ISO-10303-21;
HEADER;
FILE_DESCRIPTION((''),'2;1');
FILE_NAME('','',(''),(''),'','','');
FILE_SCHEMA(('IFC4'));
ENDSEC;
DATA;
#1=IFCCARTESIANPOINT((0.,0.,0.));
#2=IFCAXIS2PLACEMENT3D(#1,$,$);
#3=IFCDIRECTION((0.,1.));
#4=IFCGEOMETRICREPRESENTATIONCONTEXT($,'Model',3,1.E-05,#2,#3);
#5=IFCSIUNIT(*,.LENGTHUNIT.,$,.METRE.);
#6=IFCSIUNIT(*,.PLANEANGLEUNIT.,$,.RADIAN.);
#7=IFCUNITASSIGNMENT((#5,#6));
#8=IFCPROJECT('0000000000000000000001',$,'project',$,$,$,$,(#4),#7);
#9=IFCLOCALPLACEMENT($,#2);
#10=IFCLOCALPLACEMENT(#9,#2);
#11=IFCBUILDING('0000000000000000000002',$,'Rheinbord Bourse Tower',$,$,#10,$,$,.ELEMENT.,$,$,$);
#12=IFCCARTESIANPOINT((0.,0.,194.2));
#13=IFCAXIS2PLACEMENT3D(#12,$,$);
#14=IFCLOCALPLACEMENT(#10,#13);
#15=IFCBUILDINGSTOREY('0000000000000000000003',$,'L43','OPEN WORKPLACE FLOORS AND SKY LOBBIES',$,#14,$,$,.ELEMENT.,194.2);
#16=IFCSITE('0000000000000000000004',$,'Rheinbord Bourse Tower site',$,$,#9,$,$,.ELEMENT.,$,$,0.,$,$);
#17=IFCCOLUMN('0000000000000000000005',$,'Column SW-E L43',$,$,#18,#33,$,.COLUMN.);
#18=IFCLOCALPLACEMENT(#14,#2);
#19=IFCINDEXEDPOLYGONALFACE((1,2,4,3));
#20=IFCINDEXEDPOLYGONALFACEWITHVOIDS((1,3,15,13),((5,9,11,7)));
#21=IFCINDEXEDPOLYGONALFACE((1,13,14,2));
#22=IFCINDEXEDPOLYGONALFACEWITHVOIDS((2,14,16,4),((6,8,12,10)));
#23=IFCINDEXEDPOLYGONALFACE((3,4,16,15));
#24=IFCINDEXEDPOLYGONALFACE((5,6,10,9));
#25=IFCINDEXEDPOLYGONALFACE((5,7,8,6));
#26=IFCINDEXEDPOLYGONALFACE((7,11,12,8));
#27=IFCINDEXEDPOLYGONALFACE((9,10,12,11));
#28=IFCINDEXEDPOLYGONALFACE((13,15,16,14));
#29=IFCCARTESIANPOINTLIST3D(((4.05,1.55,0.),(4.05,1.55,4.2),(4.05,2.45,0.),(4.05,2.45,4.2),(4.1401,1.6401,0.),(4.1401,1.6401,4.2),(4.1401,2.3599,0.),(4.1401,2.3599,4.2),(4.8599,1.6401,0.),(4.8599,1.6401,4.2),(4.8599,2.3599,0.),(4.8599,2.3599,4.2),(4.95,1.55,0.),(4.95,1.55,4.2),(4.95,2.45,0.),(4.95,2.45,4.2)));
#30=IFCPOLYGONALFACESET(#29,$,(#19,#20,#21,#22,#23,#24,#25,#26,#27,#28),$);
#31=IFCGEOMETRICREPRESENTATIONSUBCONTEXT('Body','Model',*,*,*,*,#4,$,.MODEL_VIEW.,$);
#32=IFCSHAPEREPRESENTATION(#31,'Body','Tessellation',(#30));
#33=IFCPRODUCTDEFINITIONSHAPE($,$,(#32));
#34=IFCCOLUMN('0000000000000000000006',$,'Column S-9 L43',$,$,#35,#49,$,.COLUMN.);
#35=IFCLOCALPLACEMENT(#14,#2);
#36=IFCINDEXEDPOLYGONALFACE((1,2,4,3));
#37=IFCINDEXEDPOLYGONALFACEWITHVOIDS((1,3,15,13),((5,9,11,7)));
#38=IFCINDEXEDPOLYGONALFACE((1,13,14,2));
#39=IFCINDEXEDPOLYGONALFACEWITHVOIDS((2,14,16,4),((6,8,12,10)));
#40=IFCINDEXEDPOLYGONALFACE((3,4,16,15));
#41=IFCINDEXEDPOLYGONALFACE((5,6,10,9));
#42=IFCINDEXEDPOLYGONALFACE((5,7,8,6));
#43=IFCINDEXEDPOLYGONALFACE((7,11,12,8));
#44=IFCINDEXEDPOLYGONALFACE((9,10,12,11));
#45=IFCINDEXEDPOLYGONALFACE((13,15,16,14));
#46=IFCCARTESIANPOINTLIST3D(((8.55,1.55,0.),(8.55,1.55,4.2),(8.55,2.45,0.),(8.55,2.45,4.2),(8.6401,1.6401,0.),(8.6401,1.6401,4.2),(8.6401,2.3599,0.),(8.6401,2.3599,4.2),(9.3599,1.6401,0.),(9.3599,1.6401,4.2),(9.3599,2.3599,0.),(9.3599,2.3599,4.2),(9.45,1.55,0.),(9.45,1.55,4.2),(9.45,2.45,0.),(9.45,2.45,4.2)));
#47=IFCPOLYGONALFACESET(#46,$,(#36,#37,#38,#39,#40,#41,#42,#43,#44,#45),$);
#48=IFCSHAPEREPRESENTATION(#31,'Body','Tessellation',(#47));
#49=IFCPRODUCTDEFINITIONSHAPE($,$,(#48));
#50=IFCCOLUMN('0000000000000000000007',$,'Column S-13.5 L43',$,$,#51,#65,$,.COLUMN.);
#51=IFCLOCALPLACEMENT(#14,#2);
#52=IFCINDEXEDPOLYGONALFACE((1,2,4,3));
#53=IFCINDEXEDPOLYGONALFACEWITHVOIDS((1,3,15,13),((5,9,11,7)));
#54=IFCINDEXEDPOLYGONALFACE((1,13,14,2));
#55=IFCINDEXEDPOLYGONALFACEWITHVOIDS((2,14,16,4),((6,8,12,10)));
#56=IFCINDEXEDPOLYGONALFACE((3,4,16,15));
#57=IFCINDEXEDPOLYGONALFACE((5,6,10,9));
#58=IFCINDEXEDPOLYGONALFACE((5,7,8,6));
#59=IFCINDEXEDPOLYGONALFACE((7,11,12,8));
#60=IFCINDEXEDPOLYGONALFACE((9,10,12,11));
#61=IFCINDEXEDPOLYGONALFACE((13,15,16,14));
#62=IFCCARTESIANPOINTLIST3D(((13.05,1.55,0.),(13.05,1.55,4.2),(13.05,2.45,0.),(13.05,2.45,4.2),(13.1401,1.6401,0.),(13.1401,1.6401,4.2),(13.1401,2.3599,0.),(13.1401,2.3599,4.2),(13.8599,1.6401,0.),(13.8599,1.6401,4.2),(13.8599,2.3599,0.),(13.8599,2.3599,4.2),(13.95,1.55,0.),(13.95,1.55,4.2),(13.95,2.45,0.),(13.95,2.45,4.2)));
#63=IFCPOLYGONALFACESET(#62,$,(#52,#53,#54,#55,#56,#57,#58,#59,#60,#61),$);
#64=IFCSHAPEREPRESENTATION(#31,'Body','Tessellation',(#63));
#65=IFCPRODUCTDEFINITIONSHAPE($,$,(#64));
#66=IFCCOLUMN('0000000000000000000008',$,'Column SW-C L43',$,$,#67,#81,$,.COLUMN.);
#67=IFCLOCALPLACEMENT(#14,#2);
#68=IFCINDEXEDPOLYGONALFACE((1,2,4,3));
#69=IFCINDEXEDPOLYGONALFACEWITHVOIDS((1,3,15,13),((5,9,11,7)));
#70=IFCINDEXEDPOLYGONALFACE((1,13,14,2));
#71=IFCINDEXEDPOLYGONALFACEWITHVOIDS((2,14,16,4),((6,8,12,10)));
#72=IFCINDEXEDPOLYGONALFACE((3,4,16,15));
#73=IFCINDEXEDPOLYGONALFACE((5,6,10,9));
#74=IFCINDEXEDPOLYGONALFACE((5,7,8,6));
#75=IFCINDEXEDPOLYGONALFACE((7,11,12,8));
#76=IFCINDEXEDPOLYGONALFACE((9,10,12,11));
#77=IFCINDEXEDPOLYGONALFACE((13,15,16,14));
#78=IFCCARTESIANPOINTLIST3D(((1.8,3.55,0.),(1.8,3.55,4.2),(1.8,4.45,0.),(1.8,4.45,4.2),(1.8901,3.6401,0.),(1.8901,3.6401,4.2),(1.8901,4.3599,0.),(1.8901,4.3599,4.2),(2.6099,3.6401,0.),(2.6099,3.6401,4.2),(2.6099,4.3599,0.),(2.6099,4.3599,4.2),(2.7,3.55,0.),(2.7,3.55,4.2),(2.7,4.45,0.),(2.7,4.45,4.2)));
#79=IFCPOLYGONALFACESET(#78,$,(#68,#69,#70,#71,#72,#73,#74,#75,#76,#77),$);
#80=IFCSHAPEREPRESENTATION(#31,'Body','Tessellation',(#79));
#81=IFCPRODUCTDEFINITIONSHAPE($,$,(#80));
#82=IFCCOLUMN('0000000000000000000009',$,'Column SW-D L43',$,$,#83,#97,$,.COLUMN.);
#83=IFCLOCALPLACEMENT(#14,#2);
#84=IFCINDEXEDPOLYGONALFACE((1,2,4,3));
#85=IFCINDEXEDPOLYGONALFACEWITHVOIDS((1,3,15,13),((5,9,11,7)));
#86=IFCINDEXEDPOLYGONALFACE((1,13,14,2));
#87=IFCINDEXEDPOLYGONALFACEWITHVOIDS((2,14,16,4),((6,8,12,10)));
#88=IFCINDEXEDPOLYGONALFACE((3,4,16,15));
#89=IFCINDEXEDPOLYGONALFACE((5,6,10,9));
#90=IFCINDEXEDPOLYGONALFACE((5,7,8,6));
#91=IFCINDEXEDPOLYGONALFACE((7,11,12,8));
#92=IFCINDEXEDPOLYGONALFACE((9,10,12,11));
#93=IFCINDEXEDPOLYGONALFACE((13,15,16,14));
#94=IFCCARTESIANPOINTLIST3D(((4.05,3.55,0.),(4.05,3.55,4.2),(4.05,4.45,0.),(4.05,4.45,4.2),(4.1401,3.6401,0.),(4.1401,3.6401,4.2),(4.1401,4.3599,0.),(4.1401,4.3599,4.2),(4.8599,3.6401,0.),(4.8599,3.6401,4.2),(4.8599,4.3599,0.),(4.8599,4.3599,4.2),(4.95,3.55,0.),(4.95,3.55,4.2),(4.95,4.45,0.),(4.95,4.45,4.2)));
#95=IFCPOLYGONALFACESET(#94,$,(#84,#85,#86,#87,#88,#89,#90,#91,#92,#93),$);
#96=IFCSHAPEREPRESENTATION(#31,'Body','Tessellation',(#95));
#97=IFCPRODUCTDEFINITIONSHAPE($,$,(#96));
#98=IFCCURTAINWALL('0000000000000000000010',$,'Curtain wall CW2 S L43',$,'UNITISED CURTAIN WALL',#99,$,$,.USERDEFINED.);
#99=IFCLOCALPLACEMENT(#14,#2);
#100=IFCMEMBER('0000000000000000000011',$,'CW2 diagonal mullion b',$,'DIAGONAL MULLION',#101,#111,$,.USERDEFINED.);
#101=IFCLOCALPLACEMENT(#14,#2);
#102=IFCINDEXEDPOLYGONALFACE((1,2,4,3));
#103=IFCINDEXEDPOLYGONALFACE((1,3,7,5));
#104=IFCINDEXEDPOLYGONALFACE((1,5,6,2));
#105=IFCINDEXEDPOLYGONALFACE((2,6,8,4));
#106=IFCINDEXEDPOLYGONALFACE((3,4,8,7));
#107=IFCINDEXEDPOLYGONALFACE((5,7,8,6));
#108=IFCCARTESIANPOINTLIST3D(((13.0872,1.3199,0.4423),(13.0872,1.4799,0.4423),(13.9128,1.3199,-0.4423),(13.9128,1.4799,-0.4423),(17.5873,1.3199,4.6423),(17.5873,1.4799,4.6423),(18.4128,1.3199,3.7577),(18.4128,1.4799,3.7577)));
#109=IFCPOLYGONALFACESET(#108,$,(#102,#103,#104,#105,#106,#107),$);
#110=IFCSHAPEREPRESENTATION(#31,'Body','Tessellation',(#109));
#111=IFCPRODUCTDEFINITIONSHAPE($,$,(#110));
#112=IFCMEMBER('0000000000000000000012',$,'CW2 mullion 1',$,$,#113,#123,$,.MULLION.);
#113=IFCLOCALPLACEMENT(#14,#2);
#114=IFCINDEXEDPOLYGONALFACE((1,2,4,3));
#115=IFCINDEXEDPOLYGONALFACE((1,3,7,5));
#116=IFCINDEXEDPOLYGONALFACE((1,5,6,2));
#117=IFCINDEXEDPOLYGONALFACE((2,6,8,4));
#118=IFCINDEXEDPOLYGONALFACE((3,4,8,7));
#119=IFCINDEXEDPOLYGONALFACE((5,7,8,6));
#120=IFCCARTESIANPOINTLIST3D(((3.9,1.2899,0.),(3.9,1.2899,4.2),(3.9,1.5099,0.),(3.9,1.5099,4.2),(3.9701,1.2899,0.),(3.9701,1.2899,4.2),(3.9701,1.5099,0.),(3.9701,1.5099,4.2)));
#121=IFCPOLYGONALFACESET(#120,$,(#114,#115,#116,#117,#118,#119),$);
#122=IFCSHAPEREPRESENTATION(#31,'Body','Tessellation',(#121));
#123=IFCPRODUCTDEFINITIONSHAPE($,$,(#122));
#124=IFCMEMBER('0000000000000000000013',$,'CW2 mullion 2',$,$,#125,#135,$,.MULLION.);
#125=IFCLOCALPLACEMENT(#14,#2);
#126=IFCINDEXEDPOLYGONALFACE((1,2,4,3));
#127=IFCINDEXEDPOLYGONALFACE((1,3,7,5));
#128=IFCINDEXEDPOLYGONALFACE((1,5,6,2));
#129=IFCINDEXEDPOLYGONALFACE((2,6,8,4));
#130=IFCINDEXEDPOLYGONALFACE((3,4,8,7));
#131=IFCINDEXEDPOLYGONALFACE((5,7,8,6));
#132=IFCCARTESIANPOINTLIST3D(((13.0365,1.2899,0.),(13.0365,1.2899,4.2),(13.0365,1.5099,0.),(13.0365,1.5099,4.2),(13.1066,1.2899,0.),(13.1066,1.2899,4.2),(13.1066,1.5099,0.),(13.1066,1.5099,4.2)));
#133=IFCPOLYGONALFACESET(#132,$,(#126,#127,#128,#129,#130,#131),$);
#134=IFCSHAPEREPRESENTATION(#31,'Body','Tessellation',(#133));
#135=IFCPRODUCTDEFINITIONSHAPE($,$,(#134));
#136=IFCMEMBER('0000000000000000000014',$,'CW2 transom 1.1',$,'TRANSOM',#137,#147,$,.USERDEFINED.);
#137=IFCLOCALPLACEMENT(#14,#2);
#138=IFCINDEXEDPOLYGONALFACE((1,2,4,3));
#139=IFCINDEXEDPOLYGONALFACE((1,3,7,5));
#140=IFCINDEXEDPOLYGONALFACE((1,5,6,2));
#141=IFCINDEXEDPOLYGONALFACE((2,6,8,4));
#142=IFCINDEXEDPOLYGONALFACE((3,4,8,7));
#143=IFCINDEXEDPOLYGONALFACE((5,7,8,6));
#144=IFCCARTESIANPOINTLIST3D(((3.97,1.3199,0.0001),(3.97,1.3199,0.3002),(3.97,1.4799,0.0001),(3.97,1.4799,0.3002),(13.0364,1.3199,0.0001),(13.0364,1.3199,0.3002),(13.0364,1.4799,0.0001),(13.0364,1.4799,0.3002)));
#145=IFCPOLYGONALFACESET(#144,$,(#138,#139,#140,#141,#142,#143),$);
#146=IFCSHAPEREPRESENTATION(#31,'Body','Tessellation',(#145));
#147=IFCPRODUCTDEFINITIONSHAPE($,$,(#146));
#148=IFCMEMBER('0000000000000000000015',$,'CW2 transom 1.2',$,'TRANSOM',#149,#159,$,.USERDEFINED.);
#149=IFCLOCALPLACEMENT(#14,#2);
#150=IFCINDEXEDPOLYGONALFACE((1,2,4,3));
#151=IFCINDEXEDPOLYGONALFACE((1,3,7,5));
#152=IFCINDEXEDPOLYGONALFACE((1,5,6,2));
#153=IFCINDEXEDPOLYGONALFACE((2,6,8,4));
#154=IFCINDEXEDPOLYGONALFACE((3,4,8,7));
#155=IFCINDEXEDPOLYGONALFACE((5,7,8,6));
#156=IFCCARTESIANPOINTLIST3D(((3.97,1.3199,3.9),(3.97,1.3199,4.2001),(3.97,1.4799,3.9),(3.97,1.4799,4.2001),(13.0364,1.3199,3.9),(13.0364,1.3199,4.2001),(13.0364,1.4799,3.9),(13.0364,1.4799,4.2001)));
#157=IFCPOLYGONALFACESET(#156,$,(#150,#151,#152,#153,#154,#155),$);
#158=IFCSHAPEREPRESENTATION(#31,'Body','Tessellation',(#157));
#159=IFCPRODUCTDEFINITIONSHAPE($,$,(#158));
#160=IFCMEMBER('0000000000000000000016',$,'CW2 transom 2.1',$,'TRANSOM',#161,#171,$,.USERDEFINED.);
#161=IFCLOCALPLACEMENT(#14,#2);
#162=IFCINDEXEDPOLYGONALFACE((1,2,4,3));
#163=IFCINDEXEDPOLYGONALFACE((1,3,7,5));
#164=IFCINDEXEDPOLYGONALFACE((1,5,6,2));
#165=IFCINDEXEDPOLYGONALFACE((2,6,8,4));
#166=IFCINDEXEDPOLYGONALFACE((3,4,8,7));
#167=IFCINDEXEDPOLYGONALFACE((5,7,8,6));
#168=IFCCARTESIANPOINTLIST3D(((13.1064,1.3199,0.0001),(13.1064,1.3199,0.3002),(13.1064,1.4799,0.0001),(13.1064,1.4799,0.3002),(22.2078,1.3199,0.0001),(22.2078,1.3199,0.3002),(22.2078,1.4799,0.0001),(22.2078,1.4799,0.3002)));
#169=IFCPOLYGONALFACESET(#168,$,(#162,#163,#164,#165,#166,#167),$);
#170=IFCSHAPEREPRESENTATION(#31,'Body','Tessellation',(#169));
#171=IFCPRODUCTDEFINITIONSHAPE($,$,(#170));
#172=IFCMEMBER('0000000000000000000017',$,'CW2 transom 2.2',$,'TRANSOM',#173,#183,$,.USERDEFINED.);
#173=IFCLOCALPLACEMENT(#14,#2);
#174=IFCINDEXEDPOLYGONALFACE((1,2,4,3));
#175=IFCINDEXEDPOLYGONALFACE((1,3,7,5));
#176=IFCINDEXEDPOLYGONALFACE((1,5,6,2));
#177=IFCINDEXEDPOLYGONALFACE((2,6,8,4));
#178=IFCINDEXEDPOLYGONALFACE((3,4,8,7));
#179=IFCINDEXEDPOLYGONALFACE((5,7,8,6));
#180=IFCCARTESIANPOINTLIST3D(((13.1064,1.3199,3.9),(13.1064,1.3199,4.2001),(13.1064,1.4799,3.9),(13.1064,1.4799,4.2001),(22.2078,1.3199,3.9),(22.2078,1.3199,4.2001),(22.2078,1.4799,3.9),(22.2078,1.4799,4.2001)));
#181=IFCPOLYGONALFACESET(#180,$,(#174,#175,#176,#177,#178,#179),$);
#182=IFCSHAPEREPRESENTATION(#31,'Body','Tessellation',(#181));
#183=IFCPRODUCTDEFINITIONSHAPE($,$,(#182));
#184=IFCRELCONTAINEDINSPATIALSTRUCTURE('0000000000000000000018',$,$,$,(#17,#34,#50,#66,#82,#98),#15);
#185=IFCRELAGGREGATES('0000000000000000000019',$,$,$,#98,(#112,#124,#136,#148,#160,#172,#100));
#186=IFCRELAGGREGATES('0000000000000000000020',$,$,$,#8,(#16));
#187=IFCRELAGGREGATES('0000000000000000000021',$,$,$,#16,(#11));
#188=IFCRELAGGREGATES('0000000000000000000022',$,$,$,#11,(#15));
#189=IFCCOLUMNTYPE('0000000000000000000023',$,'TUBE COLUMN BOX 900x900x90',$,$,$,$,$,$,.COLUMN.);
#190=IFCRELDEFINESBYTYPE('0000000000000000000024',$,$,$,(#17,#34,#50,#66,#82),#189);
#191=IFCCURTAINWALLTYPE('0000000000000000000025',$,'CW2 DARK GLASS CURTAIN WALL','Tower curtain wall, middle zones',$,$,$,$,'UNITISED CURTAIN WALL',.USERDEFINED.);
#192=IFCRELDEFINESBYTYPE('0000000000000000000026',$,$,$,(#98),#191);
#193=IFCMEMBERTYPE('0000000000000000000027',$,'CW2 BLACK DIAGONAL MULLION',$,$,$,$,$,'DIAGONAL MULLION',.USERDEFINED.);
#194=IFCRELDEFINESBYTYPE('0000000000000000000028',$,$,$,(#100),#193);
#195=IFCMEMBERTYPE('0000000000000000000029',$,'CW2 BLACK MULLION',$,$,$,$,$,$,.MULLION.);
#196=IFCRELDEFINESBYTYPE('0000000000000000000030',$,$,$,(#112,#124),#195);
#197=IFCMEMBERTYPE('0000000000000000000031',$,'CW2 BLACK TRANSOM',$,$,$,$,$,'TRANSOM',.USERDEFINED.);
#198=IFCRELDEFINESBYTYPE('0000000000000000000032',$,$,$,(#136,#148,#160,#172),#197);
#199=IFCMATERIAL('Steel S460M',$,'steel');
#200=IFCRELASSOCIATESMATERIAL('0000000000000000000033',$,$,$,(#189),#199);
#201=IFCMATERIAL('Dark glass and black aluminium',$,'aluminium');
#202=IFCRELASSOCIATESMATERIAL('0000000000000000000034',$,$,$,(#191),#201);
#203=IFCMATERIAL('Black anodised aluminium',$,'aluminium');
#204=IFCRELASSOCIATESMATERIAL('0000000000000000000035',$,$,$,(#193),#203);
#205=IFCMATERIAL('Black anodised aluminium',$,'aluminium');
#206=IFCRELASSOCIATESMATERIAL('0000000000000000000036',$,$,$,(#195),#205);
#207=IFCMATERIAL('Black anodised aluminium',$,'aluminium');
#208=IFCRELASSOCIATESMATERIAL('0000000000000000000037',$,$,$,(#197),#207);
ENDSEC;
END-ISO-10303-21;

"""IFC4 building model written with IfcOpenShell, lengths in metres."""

from ifc_helpers import new_model, si_unit, direction, frame, origin, origin_2d, place, context, subcontext, project, spatial, rectangle, hollow_rectangle, extrude, material, material_profile, profile_set, type_object, element, aggregate, save


model = new_model("IFC4")

# Units and contexts
model_context = context("Model", 3, precision=1e-05, world=origin(), true_north=direction((0.0, 1.0)))
body_context = subcontext(model_context, "Body", "Model", "MODEL_VIEW")
ifc_project = project(units=[si_unit("LENGTHUNIT", "METRE"), si_unit("PLANEANGLEUNIT", "RADIAN")], contexts=[model_context])

# Site, building, storey
site_placement = place(None, origin())
site = spatial("IfcSite", under=ifc_project, at=site_placement, Name="Rheinbord Bourse Tower site", CompositionType="ELEMENT", RefElevation=0.0)
building_placement = place(site_placement, origin())
building = spatial("IfcBuilding", under=site, at=building_placement, Name="Rheinbord Bourse Tower", CompositionType="ELEMENT")
storey_placement = place(building_placement, frame((0.0, 0.0, 194.2)))
storey = spatial("IfcBuildingStorey", under=building, at=storey_placement, Name="L43", Description="OPEN WORKPLACE FLOORS AND SKY LOBBIES", CompositionType="ELEMENT", Elevation=194.2)

# Columns
ifc_material_1 = material(Name="Steel S460M", Category="steel")
ifc_material_profile_1 = material_profile(ifc_material_1, hollow_rectangle(XDim=0.8999, YDim=0.8999, WallThickness=0.0901, at=origin_2d()), Name="BOX 900x900x90")
ifc_profile_set_1 = profile_set([ifc_material_profile_1], Name="Steel S460M")
column_type = type_object("IfcColumnType", Name="TUBE COLUMN BOX 900x900x90", PredefinedType="COLUMN", material=ifc_profile_set_1)
for number, where, z_axis, x_axis, name in (
    (1, (4.5, 2.0, 0.0), (0.0, 0.0, 1.0), (0.0, 1.0, 0.0), "Column SW-E L43"),
    (2, (9.0, 2.0, 0.0), (0.0, 0.0, 1.0), (0.0, 1.0, 0.0), "Column S-9 L43"),
    (3, (13.5, 2.0, 0.0), (0.0, 0.0, 1.0), (0.0, 1.0, 0.0), "Column S-13.5 L43"),
    (4, (2.25, 4.0, 0.0), (0.0, 0.0, 1.0), (1.0, 0.0, 0.0), "Column SW-C L43"),
    (5, (4.5, 4.0, 0.0), (0.0, 0.0, 1.0), (0.0, 1.0, 0.0), "Column SW-D L43"),
):
    element("IfcColumn", number, at=place(storey_placement, frame(where, z_axis=z_axis, x_axis=x_axis)), inside=storey, type_object=column_type, Name=name, PredefinedType="COLUMN", context=body_context, shape_type="SweptSolid", body=[
        extrude(hollow_rectangle(XDim=0.8999, YDim=0.8999, WallThickness=0.0901, at=origin_2d()), origin(), (0.0, 0.0, 1.0), 4.2),
    ])

# Curtain wall, members
ifc_material_2 = material(Name="Dark glass and black aluminium", Category="aluminium")
curtain_wall_type = type_object("IfcCurtainWallType", Name="CW2 DARK GLASS CURTAIN WALL", Description="Tower curtain wall, middle zones", ElementType="UNITISED CURTAIN WALL", PredefinedType="USERDEFINED", material=ifc_material_2)
curtain_wall_placement = place(storey_placement, origin())
curtain_wall = element("IfcCurtainWall", 6, at=curtain_wall_placement, inside=storey, type_object=curtain_wall_type, Name="Curtain wall CW2 S L43", ObjectType="UNITISED CURTAIN WALL", PredefinedType="USERDEFINED")
ifc_material_3 = material(Name="Black anodised aluminium", Category="aluminium")
ifc_material_profile_2 = material_profile(ifc_material_3, rectangle(XDim=0.1599, YDim=1.21, at=origin_2d()), Name="CW2 DIAGONAL MULLION 1210x160")
ifc_profile_set_2 = profile_set([ifc_material_profile_2], Name="Black anodised aluminium")
member_type_1 = type_object("IfcMemberType", Name="CW2 BLACK DIAGONAL MULLION", ElementType="DIAGONAL MULLION", PredefinedType="USERDEFINED", material=ifc_profile_set_2)
member_1_placement = place(storey_placement, frame((13.5, 1.3999, 0.0), z_axis=(0.731059, 0.0, 0.682314), x_axis=(0.0, 1.0, 0.0)))
member_1 = element("IfcMember", 7, at=member_1_placement, type_object=member_type_1, Name="CW2 diagonal mullion b", ObjectType="DIAGONAL MULLION", PredefinedType="USERDEFINED", context=body_context, shape_type="SweptSolid", body=[
    extrude(rectangle(XDim=0.1599, YDim=1.21, at=origin_2d()), origin(), (0.0, 0.0, 1.0), 6.1555),
])
ifc_material_4 = material(Name="Black anodised aluminium", Category="aluminium")
ifc_material_profile_3 = material_profile(ifc_material_4, rectangle(XDim=0.22, YDim=0.0701, at=origin_2d()), Name="CW2 MULLION 70x220")
ifc_profile_set_3 = profile_set([ifc_material_profile_3], Name="Black anodised aluminium")
member_type_2 = type_object("IfcMemberType", Name="CW2 BLACK MULLION", PredefinedType="MULLION", material=ifc_profile_set_3)
member_2_placement = place(storey_placement, frame((3.9351, 1.3999, 0.0), z_axis=(0.0, 0.0, 1.0), x_axis=(0.0, 1.0, 0.0)))
member_2 = element("IfcMember", 8, at=member_2_placement, type_object=member_type_2, Name="CW2 mullion 1", PredefinedType="MULLION", context=body_context, shape_type="SweptSolid", body=[
    extrude(rectangle(XDim=0.22, YDim=0.0701, at=origin_2d()), origin(), (0.0, 0.0, 1.0), 4.2),
])
member_3_placement = place(storey_placement, frame((13.0715, 1.3999, 0.0), z_axis=(0.0, 0.0, 1.0), x_axis=(0.0, 1.0, 0.0)))
member_3 = element("IfcMember", 9, at=member_3_placement, type_object=member_type_2, Name="CW2 mullion 2", PredefinedType="MULLION", context=body_context, shape_type="SweptSolid", body=[
    extrude(rectangle(XDim=0.22, YDim=0.0701, at=origin_2d()), origin(), (0.0, 0.0, 1.0), 4.2),
])
ifc_material_5 = material(Name="Black anodised aluminium", Category="aluminium")
ifc_material_profile_4 = material_profile(ifc_material_5, rectangle(XDim=0.1599, YDim=0.3, at=origin_2d()), Name="CW2 TRANSOM 300x160")
ifc_profile_set_4 = profile_set([ifc_material_profile_4], Name="Black anodised aluminium")
member_type_3 = type_object("IfcMemberType", Name="CW2 BLACK TRANSOM", ElementType="TRANSOM", PredefinedType="USERDEFINED", material=ifc_profile_set_4)
member_4_placement = place(storey_placement, frame((3.97, 1.3999, 0.1501), z_axis=(1.0, 0.0, 0.0), x_axis=(0.0, 1.0, 0.0)))
member_4 = element("IfcMember", 10, at=member_4_placement, type_object=member_type_3, Name="CW2 transom 1.1", ObjectType="TRANSOM", PredefinedType="USERDEFINED", context=body_context, shape_type="SweptSolid", body=[
    extrude(rectangle(XDim=0.1599, YDim=0.3, at=origin_2d()), origin(), (0.0, 0.0, 1.0), 9.0664),
])
member_5_placement = place(storey_placement, frame((3.97, 1.3999, 4.05), z_axis=(1.0, 0.0, 0.0), x_axis=(0.0, 1.0, 0.0)))
member_5 = element("IfcMember", 11, at=member_5_placement, type_object=member_type_3, Name="CW2 transom 1.2", ObjectType="TRANSOM", PredefinedType="USERDEFINED", context=body_context, shape_type="SweptSolid", body=[
    extrude(rectangle(XDim=0.1599, YDim=0.3, at=origin_2d()), origin(), (0.0, 0.0, 1.0), 9.0664),
])
member_6_placement = place(storey_placement, frame((13.1064, 1.3999, 0.1501), z_axis=(1.0, 0.0, 0.0), x_axis=(0.0, 1.0, 0.0)))
member_6 = element("IfcMember", 12, at=member_6_placement, type_object=member_type_3, Name="CW2 transom 2.1", ObjectType="TRANSOM", PredefinedType="USERDEFINED", context=body_context, shape_type="SweptSolid", body=[
    extrude(rectangle(XDim=0.1599, YDim=0.3, at=origin_2d()), origin(), (0.0, 0.0, 1.0), 9.1013),
])
member_7_placement = place(storey_placement, frame((13.1064, 1.3999, 4.05), z_axis=(1.0, 0.0, 0.0), x_axis=(0.0, 1.0, 0.0)))
member_7 = element("IfcMember", 13, at=member_7_placement, type_object=member_type_3, Name="CW2 transom 2.2", ObjectType="TRANSOM", PredefinedType="USERDEFINED", context=body_context, shape_type="SweptSolid", body=[
    extrude(rectangle(XDim=0.1599, YDim=0.3, at=origin_2d()), origin(), (0.0, 0.0, 1.0), 9.1013),
])

aggregate(curtain_wall, [member_2, member_3, member_4, member_5, member_6, member_7, member_1])

save(model, "model.ifc")
